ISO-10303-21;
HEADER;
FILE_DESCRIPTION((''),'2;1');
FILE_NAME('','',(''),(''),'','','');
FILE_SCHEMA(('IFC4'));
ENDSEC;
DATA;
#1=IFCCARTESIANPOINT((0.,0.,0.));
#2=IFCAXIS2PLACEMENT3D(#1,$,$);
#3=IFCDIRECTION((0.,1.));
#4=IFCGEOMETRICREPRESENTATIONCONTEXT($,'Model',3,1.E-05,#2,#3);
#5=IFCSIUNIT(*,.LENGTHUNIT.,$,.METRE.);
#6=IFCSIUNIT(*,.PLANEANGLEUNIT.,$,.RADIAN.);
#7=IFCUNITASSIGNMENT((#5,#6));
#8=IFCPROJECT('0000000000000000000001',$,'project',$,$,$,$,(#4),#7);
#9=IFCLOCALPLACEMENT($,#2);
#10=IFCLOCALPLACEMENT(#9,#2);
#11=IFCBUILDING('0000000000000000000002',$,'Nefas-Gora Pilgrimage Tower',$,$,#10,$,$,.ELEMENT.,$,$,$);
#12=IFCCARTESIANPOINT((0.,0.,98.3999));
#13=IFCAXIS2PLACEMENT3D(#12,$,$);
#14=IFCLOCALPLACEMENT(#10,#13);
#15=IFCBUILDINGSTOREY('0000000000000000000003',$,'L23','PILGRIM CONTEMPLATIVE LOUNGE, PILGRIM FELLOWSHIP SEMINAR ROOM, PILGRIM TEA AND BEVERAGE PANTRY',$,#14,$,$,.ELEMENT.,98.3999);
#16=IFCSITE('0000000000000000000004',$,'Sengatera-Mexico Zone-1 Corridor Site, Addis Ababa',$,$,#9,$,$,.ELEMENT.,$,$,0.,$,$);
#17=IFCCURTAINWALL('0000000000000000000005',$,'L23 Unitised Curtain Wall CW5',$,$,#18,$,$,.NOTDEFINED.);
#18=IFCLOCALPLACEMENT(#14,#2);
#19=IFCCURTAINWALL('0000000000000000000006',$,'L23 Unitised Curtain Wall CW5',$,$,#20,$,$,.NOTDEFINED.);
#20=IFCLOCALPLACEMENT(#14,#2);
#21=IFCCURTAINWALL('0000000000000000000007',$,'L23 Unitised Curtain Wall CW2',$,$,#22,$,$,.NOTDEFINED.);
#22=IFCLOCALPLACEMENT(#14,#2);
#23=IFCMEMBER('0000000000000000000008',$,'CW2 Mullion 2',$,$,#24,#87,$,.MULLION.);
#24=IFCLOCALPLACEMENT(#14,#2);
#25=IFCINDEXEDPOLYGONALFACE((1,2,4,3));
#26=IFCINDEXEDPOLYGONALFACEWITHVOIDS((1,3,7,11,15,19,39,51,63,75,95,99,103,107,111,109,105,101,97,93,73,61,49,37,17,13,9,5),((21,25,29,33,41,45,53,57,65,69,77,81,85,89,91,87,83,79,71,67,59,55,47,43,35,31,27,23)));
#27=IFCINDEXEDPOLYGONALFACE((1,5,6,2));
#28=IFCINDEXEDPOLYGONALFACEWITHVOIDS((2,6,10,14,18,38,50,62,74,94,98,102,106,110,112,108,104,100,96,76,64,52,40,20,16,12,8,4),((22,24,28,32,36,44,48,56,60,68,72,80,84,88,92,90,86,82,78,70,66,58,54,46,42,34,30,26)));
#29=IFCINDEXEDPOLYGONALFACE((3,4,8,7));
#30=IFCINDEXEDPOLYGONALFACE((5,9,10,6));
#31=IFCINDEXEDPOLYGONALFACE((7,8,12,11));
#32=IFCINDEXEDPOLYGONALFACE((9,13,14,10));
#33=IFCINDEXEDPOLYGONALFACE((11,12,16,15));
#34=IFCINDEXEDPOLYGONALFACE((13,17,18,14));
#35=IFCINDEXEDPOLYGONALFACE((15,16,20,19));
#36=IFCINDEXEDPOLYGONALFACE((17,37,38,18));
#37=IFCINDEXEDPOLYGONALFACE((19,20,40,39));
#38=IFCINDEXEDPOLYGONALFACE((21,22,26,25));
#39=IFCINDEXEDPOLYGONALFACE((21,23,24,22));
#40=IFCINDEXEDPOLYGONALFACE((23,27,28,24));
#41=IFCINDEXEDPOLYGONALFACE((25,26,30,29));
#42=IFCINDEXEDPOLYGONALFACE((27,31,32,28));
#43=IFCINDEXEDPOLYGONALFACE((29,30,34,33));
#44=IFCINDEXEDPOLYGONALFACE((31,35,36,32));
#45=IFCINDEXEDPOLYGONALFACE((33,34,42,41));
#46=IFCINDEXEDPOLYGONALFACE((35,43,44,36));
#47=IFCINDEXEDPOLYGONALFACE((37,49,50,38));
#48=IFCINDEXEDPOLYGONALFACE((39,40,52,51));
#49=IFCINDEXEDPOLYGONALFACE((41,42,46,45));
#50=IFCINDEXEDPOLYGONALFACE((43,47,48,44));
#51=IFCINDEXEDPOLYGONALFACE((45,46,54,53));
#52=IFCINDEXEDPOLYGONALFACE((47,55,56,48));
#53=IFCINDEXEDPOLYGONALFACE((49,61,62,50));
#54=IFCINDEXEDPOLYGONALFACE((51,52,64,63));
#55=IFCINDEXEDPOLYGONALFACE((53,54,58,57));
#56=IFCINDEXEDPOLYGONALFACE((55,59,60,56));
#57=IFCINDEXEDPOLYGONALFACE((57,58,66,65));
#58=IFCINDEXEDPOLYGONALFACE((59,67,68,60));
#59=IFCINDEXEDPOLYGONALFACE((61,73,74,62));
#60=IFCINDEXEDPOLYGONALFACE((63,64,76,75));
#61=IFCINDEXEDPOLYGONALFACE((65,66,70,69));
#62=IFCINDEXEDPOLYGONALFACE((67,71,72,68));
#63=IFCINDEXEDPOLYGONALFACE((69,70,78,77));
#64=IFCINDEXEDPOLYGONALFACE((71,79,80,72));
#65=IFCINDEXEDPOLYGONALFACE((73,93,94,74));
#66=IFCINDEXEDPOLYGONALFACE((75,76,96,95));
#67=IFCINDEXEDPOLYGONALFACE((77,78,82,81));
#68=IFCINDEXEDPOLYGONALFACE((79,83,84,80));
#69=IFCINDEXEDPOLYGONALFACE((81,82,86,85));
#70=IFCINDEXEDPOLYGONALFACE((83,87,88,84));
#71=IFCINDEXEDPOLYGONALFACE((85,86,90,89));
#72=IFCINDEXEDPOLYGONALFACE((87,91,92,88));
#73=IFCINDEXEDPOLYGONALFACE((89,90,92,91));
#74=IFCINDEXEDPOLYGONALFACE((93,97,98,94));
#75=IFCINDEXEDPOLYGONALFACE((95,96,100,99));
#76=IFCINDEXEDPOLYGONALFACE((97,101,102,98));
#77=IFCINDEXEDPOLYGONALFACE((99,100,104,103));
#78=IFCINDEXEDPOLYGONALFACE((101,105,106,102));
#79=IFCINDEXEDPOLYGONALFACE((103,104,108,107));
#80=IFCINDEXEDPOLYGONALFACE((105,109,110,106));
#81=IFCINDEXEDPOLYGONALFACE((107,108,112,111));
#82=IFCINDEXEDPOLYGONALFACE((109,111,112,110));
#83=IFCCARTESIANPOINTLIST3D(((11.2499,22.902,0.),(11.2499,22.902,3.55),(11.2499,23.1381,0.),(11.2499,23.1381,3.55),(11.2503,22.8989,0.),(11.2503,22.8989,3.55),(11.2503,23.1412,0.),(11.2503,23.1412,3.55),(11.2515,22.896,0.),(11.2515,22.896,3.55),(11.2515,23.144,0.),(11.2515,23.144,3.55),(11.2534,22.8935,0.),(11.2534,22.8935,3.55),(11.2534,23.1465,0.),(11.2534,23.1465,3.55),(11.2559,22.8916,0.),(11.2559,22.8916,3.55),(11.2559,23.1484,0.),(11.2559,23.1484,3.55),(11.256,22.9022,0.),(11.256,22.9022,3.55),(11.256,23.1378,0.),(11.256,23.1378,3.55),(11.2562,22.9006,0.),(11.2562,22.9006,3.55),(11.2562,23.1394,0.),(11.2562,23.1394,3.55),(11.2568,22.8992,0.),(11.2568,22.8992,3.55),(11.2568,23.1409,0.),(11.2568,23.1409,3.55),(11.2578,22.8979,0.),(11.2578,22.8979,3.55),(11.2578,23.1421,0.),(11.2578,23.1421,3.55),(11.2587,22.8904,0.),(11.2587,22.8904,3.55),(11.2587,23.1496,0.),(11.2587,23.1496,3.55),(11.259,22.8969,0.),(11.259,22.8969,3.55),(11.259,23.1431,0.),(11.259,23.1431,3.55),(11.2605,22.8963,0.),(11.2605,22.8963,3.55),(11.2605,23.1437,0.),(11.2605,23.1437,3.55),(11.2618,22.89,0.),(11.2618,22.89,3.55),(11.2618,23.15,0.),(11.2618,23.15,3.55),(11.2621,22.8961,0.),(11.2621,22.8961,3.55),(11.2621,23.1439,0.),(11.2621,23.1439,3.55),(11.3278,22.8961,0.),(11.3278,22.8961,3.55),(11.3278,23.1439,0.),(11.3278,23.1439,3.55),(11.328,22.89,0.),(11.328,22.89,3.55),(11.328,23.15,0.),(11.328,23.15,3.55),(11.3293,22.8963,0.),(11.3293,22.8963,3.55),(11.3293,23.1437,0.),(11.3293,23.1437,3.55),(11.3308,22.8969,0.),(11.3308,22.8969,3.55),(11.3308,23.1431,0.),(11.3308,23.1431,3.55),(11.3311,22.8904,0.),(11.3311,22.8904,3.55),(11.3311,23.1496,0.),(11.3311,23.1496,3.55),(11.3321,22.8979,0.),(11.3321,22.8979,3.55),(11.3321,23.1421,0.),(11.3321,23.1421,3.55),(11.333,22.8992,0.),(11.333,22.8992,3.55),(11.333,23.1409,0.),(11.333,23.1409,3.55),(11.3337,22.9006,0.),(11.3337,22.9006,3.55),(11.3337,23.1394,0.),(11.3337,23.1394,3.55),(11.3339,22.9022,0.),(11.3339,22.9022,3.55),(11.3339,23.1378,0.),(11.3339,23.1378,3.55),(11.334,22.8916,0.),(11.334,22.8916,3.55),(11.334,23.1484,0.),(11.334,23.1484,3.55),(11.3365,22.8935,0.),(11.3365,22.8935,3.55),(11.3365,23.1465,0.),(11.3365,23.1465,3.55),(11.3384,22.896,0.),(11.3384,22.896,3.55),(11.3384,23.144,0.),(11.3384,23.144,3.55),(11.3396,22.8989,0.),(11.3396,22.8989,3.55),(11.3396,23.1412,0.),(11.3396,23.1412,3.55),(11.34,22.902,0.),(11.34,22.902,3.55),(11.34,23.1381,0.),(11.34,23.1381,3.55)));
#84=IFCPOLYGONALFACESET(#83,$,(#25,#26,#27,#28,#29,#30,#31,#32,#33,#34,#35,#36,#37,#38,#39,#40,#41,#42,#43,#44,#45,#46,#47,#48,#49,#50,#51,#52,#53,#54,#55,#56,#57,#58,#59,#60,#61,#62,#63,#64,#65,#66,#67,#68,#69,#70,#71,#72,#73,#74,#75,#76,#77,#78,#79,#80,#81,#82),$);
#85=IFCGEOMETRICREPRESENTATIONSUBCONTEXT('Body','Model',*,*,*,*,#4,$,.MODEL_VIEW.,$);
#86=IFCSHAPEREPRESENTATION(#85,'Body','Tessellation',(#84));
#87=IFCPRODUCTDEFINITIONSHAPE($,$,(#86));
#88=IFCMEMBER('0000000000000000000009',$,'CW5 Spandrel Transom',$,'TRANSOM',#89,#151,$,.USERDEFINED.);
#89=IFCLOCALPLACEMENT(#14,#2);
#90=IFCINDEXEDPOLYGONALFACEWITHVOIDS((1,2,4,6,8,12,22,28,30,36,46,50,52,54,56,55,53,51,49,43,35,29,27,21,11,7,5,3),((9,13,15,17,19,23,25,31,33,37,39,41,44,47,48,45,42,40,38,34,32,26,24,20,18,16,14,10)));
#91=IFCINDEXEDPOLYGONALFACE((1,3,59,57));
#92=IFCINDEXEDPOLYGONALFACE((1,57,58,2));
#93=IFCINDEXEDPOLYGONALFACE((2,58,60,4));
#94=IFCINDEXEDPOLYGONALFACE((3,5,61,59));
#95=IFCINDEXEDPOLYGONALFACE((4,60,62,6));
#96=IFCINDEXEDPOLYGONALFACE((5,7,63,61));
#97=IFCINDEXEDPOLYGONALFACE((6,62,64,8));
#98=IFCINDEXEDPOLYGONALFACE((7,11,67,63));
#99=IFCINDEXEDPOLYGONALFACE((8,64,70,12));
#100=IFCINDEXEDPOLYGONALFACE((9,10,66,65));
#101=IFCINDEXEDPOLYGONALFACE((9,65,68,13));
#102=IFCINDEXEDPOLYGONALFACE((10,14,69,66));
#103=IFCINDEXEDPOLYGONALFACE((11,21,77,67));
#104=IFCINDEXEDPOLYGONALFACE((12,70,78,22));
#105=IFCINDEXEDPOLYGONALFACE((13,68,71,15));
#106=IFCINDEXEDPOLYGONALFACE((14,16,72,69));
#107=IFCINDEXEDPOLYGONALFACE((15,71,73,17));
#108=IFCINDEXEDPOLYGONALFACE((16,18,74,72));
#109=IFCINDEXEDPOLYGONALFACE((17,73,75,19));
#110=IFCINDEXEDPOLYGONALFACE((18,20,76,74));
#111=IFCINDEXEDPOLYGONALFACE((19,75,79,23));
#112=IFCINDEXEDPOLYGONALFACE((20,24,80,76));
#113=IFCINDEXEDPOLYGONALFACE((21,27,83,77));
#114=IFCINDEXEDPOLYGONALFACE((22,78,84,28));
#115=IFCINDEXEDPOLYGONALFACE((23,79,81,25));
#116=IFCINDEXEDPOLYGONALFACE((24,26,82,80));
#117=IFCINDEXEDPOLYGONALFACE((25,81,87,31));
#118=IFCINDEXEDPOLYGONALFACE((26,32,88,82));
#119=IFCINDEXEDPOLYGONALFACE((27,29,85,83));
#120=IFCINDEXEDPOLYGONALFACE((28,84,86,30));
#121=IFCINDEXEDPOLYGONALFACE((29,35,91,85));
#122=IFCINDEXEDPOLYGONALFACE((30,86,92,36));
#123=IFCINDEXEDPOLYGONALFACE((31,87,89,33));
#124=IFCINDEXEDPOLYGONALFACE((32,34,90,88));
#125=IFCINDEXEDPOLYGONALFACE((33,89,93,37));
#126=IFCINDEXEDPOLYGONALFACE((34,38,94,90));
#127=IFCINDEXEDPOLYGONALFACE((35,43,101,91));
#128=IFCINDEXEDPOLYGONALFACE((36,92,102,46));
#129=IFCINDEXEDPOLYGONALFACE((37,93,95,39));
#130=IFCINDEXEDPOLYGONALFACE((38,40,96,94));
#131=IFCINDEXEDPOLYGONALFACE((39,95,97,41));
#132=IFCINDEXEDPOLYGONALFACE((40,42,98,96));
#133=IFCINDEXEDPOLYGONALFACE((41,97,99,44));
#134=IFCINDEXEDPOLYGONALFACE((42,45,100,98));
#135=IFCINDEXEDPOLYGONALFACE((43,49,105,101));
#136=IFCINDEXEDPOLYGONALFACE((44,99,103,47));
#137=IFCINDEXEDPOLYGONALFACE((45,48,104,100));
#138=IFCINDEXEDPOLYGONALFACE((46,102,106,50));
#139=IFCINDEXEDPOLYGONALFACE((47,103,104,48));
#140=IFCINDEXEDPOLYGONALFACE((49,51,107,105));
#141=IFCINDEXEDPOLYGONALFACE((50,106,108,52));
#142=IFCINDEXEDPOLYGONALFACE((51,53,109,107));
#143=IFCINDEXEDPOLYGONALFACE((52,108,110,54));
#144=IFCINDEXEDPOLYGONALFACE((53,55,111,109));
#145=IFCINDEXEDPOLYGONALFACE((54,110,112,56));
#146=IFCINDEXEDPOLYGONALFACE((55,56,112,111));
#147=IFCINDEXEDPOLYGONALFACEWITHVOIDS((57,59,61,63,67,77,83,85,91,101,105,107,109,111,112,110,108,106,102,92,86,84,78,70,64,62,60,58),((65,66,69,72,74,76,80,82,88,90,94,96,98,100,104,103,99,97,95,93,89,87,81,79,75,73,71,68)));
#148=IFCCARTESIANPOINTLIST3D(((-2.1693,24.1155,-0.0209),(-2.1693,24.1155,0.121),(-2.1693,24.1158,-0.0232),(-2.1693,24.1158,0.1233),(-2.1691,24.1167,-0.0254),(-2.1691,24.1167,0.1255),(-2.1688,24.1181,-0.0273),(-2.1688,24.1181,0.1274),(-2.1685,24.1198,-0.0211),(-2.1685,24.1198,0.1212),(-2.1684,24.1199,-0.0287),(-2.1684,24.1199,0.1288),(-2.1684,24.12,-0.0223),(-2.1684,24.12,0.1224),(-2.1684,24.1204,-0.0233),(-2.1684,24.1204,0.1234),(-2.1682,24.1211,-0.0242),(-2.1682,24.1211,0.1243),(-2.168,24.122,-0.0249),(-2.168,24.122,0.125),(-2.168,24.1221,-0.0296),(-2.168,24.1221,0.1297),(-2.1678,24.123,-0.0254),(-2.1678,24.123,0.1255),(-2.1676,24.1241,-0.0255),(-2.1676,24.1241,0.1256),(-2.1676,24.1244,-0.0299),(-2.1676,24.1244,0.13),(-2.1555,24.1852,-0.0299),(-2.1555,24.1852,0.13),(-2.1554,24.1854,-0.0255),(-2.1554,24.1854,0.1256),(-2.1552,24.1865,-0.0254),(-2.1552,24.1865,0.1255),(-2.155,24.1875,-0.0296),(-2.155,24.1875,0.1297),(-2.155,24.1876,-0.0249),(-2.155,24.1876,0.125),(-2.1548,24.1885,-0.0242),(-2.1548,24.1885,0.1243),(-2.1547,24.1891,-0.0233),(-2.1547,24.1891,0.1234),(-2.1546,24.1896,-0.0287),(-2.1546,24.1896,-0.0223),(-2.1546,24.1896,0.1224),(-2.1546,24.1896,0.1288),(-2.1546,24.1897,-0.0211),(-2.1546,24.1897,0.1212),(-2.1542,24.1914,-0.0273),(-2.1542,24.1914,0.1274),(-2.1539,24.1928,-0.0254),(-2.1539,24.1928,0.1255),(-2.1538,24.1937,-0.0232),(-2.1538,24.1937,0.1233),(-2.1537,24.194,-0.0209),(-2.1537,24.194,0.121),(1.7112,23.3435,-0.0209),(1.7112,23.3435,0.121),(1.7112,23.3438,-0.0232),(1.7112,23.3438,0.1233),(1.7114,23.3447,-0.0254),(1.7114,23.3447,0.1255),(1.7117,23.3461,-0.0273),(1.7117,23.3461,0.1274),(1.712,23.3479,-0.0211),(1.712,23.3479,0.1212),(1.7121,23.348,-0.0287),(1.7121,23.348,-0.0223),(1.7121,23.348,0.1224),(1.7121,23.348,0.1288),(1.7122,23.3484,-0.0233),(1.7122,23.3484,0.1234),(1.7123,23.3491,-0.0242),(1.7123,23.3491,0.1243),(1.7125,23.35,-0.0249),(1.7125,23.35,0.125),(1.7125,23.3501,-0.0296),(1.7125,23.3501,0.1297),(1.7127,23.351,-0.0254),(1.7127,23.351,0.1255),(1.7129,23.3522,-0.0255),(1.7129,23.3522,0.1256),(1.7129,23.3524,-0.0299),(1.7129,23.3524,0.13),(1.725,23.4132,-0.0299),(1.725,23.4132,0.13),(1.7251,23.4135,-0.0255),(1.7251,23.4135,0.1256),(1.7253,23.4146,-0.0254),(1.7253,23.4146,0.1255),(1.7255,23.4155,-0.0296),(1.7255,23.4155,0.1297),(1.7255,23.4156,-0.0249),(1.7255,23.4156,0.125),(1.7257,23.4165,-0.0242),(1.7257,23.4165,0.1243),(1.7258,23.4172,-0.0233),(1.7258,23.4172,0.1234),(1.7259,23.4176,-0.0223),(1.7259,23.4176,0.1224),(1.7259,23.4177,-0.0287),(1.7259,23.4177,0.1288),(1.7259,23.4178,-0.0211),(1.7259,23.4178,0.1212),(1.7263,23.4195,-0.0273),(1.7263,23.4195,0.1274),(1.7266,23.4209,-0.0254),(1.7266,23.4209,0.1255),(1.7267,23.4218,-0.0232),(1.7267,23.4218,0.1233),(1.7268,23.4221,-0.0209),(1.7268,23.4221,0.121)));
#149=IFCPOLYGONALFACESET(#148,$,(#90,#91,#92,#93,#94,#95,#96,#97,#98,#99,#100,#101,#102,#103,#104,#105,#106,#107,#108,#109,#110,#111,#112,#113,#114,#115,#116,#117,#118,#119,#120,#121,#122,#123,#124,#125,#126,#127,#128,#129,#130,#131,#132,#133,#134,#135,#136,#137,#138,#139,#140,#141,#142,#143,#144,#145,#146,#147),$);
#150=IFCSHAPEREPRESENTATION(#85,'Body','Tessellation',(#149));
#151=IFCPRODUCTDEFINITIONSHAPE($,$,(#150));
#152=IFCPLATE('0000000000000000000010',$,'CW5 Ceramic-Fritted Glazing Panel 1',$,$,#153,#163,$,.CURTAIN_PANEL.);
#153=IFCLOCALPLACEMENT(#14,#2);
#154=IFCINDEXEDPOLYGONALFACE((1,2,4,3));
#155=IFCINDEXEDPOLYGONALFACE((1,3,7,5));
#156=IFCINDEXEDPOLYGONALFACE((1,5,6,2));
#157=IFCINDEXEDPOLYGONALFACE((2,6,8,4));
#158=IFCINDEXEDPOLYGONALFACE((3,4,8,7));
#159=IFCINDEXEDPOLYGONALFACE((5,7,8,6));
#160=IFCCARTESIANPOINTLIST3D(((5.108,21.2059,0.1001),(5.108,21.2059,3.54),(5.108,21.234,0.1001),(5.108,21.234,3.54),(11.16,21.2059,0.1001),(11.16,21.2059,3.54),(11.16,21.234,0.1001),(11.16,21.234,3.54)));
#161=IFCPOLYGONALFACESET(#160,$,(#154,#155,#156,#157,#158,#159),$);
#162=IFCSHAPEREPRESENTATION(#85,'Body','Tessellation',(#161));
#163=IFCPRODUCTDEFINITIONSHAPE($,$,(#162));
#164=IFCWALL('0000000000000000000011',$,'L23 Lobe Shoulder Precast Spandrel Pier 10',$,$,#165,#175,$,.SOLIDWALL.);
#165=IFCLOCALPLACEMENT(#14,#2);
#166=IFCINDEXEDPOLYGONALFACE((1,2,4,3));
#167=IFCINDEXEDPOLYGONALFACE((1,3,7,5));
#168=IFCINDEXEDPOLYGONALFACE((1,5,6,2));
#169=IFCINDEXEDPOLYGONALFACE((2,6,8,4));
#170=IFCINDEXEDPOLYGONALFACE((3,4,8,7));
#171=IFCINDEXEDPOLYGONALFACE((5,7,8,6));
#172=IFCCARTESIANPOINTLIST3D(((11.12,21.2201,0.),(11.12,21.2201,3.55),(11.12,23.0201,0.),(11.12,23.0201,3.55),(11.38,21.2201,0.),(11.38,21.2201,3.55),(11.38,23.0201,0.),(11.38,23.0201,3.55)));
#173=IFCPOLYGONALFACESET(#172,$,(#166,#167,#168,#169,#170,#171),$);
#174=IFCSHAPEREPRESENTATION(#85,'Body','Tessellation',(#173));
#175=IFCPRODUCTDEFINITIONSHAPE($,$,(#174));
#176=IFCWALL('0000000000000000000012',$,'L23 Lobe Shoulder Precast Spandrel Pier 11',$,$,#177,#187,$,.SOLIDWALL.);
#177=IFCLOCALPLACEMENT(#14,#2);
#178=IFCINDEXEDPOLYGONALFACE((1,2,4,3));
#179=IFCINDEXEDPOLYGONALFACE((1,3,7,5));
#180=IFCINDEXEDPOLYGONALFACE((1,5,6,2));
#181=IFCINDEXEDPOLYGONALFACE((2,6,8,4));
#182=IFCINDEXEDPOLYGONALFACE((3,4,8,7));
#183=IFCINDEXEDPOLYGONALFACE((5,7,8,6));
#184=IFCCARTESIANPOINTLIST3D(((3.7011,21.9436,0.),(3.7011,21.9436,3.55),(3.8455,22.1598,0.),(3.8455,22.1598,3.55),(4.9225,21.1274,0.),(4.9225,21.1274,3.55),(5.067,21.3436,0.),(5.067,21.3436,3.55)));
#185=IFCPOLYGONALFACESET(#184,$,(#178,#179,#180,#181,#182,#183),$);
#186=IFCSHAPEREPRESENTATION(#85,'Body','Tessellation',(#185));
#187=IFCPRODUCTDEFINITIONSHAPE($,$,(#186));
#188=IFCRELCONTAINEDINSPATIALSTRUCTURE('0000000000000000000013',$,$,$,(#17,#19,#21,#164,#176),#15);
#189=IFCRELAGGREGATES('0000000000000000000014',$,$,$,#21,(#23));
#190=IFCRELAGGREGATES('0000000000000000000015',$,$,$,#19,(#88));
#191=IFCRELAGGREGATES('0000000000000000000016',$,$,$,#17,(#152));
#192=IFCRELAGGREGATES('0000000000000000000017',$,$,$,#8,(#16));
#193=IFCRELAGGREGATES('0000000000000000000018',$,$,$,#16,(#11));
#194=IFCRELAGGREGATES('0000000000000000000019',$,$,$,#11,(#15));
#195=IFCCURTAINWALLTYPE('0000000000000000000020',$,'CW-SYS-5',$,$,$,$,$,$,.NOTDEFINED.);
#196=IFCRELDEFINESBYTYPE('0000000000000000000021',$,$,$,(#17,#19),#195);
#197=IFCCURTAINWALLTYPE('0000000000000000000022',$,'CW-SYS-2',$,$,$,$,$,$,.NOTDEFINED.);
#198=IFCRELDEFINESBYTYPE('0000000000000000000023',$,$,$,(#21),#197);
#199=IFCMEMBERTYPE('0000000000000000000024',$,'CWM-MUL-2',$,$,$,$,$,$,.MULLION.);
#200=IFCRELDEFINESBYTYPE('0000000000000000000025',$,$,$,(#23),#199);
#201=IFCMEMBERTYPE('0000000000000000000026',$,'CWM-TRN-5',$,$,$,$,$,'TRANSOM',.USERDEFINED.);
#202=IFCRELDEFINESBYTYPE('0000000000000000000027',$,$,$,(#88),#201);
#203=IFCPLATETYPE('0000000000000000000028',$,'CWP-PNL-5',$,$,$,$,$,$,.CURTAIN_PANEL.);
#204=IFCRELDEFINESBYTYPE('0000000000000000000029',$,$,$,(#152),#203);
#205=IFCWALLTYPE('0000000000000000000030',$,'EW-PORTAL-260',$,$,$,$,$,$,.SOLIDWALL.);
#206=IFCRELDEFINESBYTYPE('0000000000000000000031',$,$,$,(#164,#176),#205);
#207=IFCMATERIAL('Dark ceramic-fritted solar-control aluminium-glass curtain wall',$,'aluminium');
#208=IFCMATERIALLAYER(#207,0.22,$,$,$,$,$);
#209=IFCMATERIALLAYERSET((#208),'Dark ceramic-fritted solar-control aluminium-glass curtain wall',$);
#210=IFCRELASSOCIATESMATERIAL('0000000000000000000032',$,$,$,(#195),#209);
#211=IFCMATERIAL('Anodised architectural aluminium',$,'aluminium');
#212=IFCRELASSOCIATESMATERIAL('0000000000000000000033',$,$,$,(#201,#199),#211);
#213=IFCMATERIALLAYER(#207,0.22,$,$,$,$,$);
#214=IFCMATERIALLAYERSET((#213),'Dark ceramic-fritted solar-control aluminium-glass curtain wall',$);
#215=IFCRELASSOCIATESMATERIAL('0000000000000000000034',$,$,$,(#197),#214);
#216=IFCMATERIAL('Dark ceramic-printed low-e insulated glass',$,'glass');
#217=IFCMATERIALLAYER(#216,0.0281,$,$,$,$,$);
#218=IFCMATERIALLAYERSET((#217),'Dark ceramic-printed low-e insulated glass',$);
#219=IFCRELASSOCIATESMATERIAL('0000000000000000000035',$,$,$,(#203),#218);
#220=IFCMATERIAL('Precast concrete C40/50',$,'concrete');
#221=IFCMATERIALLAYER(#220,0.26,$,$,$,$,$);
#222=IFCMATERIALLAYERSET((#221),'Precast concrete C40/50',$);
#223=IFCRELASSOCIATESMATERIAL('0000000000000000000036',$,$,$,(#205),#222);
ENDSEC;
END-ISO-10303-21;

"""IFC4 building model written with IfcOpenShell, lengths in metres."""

from ifc_helpers import new_model, si_unit, direction, frame, frame_2d, origin, origin_2d, place, context, subcontext, project, spatial, rectangle, hollow_rectangle, extrude, source, transform, mapped, material, layer, layer_set, material_profile, profile_set, type_object, element, aggregate, save


model = new_model("IFC4")

# Units and contexts
model_context = context("Model", 3, precision=1e-05, world=origin(), true_north=direction((0.0, 1.0)))
body_context = subcontext(model_context, "Body", "Model", "MODEL_VIEW")
ifc_project = project(units=[si_unit("LENGTHUNIT", "METRE"), si_unit("PLANEANGLEUNIT", "RADIAN")], contexts=[model_context])

# Site, building, storey
site_placement = place(None, origin())
site = spatial("IfcSite", under=ifc_project, at=site_placement, Name="Sengatera-Mexico Zone-1 Corridor Site, Addis Ababa", CompositionType="ELEMENT", RefElevation=0.0)
building_placement = place(site_placement, origin())
building = spatial("IfcBuilding", under=site, at=building_placement, Name="Nefas-Gora Pilgrimage Tower", CompositionType="ELEMENT")
storey_placement = place(building_placement, frame((0.0, 0.0, 98.3999)))
storey = spatial("IfcBuildingStorey", under=building, at=storey_placement, Name="L23", Description="PILGRIM CONTEMPLATIVE LOUNGE, PILGRIM FELLOWSHIP SEMINAR ROOM, PILGRIM TEA AND BEVERAGE PANTRY", CompositionType="ELEMENT", Elevation=98.3999)

# Curtain wall
ifc_material_1 = material(Name="Dark ceramic-fritted solar-control aluminium-glass curtain wall", Category="aluminium")
ifc_layer_1 = layer(ifc_material_1, 0.22)
ifc_layer_set_1 = layer_set([ifc_layer_1], Name="Dark ceramic-fritted solar-control aluminium-glass curtain wall")
curtain_wall_type_1 = type_object("IfcCurtainWallType", Name="CW-SYS-5", PredefinedType="NOTDEFINED", material=ifc_layer_set_1)
curtain_wall_1_placement = place(storey_placement, origin())
curtain_wall_1 = element("IfcCurtainWall", 1, at=curtain_wall_1_placement, inside=storey, type_object=curtain_wall_type_1, Name="L23 Unitised Curtain Wall CW5", PredefinedType="NOTDEFINED")
ifc_material_2 = material(Name="Anodised architectural aluminium", Category="aluminium")

# Curtain wall
curtain_wall_2_placement = place(storey_placement, origin())
curtain_wall_2 = element("IfcCurtainWall", 2, at=curtain_wall_2_placement, inside=storey, type_object=curtain_wall_type_1, Name="L23 Unitised Curtain Wall CW5", PredefinedType="NOTDEFINED")

# Shared definitions
ifc_material_profile_1 = material_profile(ifc_material_2, hollow_rectangle(XDim=0.0801, YDim=0.1599, WallThickness=0.0044, InnerFilletRadius=0.0044, OuterFilletRadius=0.009, at=origin_2d()), Name="ALU TRANSOM 80x160")
ifc_profile_set_1 = profile_set([ifc_material_profile_1], Name="Anodised architectural aluminium")
member_type_1 = type_object("IfcMemberType", Name="CWM-TRN-5", ElementType="TRANSOM", PredefinedType="USERDEFINED", material=ifc_profile_set_1)

# Curtain wall, member
ifc_layer_2 = layer(ifc_material_1, 0.22)
ifc_layer_set_2 = layer_set([ifc_layer_2], Name="Dark ceramic-fritted solar-control aluminium-glass curtain wall")
curtain_wall_type_2 = type_object("IfcCurtainWallType", Name="CW-SYS-2", PredefinedType="NOTDEFINED", material=ifc_layer_set_2)
curtain_wall_3_placement = place(storey_placement, origin())
curtain_wall_3 = element("IfcCurtainWall", 3, at=curtain_wall_3_placement, inside=storey, type_object=curtain_wall_type_2, Name="L23 Unitised Curtain Wall CW2", PredefinedType="NOTDEFINED")
ifc_material_profile_2 = material_profile(ifc_material_2, hollow_rectangle(XDim=0.0901, YDim=0.26, WallThickness=0.0061, InnerFilletRadius=0.0061, OuterFilletRadius=0.012, at=origin_2d()), Name="ALU MULLION 90x260")
ifc_profile_set_2 = profile_set([ifc_material_profile_2], Name="Anodised architectural aluminium")
member_type_2 = type_object("IfcMemberType", Name="CWM-MUL-2", PredefinedType="MULLION", material=ifc_profile_set_2)
shared_shape_1 = source(origin(), body_context, "Body", "SweptSolid", [
    extrude(hollow_rectangle(XDim=0.0901, YDim=0.26, WallThickness=0.0061, InnerFilletRadius=0.0061, OuterFilletRadius=0.012, at=origin_2d()), origin(), (0.0, 0.0, 1.0), 3.55),
])
member_1_placement = place(storey_placement, frame((11.2949, 23.02, 0.0), z_axis=(0.0, 0.0, 1.0), x_axis=(-1.0, 0.0, 0.0)))
member_1 = element("IfcMember", 4, at=member_1_placement, type_object=member_type_2, Name="CW2 Mullion 2", PredefinedType="MULLION", context=body_context, shape_type="MappedRepresentation", body=[
    mapped(shared_shape_1, transform((0.0, 0.0, 0.0), x_axis=(1.0, 0.0, 0.0), y_axis=(0.0, 1.0, 0.0), z_axis=(0.0, 0.0, 1.0), scale=1.0)),
])
aggregate(curtain_wall_3, [member_1])

# Member
shared_shape_2 = source(origin(), body_context, "Body", "SweptSolid", [
    extrude(hollow_rectangle(XDim=0.0801, YDim=0.1599, WallThickness=0.0044, InnerFilletRadius=0.0044, OuterFilletRadius=0.009, at=origin_2d()), origin(), (0.0, 0.0, 1.0), 3.9565),
])
member_2_placement = place(storey_placement, frame((1.719, 23.3828, 0.05), z_axis=(-0.980782, 0.195107, 0.0), x_axis=(-0.195107, -0.980782, 0.0)))
member_2 = element("IfcMember", 5, at=member_2_placement, type_object=member_type_1, Name="CW5 Spandrel Transom", ObjectType="TRANSOM", PredefinedType="USERDEFINED", context=body_context, shape_type="MappedRepresentation", body=[
    mapped(shared_shape_2, transform((0.0, 0.0, 0.0), x_axis=(1.0, 0.0, 0.0), y_axis=(0.0, 1.0, 0.0), z_axis=(0.0, 0.0, 1.0), scale=1.0)),
])
aggregate(curtain_wall_2, [member_2])

# Plate
ifc_material_3 = material(Name="Dark ceramic-printed low-e insulated glass", Category="glass")
ifc_layer_3 = layer(ifc_material_3, 0.0281)
ifc_layer_set_3 = layer_set([ifc_layer_3], Name="Dark ceramic-printed low-e insulated glass")
plate_type = type_object("IfcPlateType", Name="CWP-PNL-5", PredefinedType="CURTAIN_PANEL", material=ifc_layer_set_3)
shared_shape_3 = source(origin(), body_context, "Body", "SweptSolid", [
    extrude(rectangle(XDim=6.052, YDim=0.0281, at=origin_2d()), origin(), (0.0, 0.0, 1.0), 3.4399),
])
plate_placement = place(storey_placement, frame((8.134, 21.22, 0.1001), z_axis=(0.0, 0.0, 1.0), x_axis=(-1.0, 0.0, 0.0)))
plate = element("IfcPlate", 6, at=plate_placement, type_object=plate_type, Name="CW5 Ceramic-Fritted Glazing Panel 1", PredefinedType="CURTAIN_PANEL", context=body_context, shape_type="MappedRepresentation", body=[
    mapped(shared_shape_3, transform((0.0, 0.0, 0.0), x_axis=(1.0, 0.0, 0.0), y_axis=(0.0, 1.0, 0.0), z_axis=(0.0, 0.0, 1.0), scale=1.0)),
])
aggregate(curtain_wall_1, [plate])

# Walls
ifc_material_4 = material(Name="Precast concrete C40/50", Category="concrete")
ifc_layer_4 = layer(ifc_material_4, 0.26)
ifc_layer_set_4 = layer_set([ifc_layer_4], Name="Precast concrete C40/50")
wall_type_1 = type_object("IfcWallType", Name="EW-PORTAL-260", PredefinedType="SOLIDWALL", material=ifc_layer_set_4)
shared_shape_4 = source(origin(), body_context, "Body", "SweptSolid", [
    extrude(rectangle(XDim=1.8, YDim=0.26, at=frame_2d((0.8999, 0.0))), origin(), (0.0, 0.0, 1.0), 3.55),
])
wall_1_placement = place(storey_placement, frame((11.25, 23.02, 0.0), z_axis=(0.0, 0.0, 1.0), x_axis=(0.0, -1.0, 0.0)))
element("IfcWall", 7, at=wall_1_placement, inside=storey, type_object=wall_type_1, Name="L23 Lobe Shoulder Precast Spandrel Pier 10", PredefinedType="SOLIDWALL", context=body_context, shape_type="MappedRepresentation", body=[
    mapped(shared_shape_4, transform((0.0, 0.0, 0.0), x_axis=(1.0, 0.0, 0.0), y_axis=(0.0, 1.0, 0.0), z_axis=(0.0, 0.0, 1.0), scale=1.0)),
])
shared_shape_5 = source(origin(), body_context, "Body", "SweptSolid", [
    extrude(rectangle(XDim=1.469, YDim=0.26, at=frame_2d((0.7344, 0.0))), origin(), (0.0, 0.0, 1.0), 3.55),
])
wall_2_placement = place(storey_placement, frame((4.9946, 21.2356, 0.0), z_axis=(0.0, 0.0, 1.0), x_axis=(-0.831462, 0.555582, 0.0)))
element("IfcWall", 8, at=wall_2_placement, inside=storey, type_object=wall_type_1, Name="L23 Lobe Shoulder Precast Spandrel Pier 11", PredefinedType="SOLIDWALL", context=body_context, shape_type="MappedRepresentation", body=[
    mapped(shared_shape_5, transform((0.0, 0.0, 0.0), x_axis=(1.0, 0.0, 0.0), y_axis=(0.0, 1.0, 0.0), z_axis=(0.0, 0.0, 1.0), scale=1.0)),
])

save(model, "model.ifc")
